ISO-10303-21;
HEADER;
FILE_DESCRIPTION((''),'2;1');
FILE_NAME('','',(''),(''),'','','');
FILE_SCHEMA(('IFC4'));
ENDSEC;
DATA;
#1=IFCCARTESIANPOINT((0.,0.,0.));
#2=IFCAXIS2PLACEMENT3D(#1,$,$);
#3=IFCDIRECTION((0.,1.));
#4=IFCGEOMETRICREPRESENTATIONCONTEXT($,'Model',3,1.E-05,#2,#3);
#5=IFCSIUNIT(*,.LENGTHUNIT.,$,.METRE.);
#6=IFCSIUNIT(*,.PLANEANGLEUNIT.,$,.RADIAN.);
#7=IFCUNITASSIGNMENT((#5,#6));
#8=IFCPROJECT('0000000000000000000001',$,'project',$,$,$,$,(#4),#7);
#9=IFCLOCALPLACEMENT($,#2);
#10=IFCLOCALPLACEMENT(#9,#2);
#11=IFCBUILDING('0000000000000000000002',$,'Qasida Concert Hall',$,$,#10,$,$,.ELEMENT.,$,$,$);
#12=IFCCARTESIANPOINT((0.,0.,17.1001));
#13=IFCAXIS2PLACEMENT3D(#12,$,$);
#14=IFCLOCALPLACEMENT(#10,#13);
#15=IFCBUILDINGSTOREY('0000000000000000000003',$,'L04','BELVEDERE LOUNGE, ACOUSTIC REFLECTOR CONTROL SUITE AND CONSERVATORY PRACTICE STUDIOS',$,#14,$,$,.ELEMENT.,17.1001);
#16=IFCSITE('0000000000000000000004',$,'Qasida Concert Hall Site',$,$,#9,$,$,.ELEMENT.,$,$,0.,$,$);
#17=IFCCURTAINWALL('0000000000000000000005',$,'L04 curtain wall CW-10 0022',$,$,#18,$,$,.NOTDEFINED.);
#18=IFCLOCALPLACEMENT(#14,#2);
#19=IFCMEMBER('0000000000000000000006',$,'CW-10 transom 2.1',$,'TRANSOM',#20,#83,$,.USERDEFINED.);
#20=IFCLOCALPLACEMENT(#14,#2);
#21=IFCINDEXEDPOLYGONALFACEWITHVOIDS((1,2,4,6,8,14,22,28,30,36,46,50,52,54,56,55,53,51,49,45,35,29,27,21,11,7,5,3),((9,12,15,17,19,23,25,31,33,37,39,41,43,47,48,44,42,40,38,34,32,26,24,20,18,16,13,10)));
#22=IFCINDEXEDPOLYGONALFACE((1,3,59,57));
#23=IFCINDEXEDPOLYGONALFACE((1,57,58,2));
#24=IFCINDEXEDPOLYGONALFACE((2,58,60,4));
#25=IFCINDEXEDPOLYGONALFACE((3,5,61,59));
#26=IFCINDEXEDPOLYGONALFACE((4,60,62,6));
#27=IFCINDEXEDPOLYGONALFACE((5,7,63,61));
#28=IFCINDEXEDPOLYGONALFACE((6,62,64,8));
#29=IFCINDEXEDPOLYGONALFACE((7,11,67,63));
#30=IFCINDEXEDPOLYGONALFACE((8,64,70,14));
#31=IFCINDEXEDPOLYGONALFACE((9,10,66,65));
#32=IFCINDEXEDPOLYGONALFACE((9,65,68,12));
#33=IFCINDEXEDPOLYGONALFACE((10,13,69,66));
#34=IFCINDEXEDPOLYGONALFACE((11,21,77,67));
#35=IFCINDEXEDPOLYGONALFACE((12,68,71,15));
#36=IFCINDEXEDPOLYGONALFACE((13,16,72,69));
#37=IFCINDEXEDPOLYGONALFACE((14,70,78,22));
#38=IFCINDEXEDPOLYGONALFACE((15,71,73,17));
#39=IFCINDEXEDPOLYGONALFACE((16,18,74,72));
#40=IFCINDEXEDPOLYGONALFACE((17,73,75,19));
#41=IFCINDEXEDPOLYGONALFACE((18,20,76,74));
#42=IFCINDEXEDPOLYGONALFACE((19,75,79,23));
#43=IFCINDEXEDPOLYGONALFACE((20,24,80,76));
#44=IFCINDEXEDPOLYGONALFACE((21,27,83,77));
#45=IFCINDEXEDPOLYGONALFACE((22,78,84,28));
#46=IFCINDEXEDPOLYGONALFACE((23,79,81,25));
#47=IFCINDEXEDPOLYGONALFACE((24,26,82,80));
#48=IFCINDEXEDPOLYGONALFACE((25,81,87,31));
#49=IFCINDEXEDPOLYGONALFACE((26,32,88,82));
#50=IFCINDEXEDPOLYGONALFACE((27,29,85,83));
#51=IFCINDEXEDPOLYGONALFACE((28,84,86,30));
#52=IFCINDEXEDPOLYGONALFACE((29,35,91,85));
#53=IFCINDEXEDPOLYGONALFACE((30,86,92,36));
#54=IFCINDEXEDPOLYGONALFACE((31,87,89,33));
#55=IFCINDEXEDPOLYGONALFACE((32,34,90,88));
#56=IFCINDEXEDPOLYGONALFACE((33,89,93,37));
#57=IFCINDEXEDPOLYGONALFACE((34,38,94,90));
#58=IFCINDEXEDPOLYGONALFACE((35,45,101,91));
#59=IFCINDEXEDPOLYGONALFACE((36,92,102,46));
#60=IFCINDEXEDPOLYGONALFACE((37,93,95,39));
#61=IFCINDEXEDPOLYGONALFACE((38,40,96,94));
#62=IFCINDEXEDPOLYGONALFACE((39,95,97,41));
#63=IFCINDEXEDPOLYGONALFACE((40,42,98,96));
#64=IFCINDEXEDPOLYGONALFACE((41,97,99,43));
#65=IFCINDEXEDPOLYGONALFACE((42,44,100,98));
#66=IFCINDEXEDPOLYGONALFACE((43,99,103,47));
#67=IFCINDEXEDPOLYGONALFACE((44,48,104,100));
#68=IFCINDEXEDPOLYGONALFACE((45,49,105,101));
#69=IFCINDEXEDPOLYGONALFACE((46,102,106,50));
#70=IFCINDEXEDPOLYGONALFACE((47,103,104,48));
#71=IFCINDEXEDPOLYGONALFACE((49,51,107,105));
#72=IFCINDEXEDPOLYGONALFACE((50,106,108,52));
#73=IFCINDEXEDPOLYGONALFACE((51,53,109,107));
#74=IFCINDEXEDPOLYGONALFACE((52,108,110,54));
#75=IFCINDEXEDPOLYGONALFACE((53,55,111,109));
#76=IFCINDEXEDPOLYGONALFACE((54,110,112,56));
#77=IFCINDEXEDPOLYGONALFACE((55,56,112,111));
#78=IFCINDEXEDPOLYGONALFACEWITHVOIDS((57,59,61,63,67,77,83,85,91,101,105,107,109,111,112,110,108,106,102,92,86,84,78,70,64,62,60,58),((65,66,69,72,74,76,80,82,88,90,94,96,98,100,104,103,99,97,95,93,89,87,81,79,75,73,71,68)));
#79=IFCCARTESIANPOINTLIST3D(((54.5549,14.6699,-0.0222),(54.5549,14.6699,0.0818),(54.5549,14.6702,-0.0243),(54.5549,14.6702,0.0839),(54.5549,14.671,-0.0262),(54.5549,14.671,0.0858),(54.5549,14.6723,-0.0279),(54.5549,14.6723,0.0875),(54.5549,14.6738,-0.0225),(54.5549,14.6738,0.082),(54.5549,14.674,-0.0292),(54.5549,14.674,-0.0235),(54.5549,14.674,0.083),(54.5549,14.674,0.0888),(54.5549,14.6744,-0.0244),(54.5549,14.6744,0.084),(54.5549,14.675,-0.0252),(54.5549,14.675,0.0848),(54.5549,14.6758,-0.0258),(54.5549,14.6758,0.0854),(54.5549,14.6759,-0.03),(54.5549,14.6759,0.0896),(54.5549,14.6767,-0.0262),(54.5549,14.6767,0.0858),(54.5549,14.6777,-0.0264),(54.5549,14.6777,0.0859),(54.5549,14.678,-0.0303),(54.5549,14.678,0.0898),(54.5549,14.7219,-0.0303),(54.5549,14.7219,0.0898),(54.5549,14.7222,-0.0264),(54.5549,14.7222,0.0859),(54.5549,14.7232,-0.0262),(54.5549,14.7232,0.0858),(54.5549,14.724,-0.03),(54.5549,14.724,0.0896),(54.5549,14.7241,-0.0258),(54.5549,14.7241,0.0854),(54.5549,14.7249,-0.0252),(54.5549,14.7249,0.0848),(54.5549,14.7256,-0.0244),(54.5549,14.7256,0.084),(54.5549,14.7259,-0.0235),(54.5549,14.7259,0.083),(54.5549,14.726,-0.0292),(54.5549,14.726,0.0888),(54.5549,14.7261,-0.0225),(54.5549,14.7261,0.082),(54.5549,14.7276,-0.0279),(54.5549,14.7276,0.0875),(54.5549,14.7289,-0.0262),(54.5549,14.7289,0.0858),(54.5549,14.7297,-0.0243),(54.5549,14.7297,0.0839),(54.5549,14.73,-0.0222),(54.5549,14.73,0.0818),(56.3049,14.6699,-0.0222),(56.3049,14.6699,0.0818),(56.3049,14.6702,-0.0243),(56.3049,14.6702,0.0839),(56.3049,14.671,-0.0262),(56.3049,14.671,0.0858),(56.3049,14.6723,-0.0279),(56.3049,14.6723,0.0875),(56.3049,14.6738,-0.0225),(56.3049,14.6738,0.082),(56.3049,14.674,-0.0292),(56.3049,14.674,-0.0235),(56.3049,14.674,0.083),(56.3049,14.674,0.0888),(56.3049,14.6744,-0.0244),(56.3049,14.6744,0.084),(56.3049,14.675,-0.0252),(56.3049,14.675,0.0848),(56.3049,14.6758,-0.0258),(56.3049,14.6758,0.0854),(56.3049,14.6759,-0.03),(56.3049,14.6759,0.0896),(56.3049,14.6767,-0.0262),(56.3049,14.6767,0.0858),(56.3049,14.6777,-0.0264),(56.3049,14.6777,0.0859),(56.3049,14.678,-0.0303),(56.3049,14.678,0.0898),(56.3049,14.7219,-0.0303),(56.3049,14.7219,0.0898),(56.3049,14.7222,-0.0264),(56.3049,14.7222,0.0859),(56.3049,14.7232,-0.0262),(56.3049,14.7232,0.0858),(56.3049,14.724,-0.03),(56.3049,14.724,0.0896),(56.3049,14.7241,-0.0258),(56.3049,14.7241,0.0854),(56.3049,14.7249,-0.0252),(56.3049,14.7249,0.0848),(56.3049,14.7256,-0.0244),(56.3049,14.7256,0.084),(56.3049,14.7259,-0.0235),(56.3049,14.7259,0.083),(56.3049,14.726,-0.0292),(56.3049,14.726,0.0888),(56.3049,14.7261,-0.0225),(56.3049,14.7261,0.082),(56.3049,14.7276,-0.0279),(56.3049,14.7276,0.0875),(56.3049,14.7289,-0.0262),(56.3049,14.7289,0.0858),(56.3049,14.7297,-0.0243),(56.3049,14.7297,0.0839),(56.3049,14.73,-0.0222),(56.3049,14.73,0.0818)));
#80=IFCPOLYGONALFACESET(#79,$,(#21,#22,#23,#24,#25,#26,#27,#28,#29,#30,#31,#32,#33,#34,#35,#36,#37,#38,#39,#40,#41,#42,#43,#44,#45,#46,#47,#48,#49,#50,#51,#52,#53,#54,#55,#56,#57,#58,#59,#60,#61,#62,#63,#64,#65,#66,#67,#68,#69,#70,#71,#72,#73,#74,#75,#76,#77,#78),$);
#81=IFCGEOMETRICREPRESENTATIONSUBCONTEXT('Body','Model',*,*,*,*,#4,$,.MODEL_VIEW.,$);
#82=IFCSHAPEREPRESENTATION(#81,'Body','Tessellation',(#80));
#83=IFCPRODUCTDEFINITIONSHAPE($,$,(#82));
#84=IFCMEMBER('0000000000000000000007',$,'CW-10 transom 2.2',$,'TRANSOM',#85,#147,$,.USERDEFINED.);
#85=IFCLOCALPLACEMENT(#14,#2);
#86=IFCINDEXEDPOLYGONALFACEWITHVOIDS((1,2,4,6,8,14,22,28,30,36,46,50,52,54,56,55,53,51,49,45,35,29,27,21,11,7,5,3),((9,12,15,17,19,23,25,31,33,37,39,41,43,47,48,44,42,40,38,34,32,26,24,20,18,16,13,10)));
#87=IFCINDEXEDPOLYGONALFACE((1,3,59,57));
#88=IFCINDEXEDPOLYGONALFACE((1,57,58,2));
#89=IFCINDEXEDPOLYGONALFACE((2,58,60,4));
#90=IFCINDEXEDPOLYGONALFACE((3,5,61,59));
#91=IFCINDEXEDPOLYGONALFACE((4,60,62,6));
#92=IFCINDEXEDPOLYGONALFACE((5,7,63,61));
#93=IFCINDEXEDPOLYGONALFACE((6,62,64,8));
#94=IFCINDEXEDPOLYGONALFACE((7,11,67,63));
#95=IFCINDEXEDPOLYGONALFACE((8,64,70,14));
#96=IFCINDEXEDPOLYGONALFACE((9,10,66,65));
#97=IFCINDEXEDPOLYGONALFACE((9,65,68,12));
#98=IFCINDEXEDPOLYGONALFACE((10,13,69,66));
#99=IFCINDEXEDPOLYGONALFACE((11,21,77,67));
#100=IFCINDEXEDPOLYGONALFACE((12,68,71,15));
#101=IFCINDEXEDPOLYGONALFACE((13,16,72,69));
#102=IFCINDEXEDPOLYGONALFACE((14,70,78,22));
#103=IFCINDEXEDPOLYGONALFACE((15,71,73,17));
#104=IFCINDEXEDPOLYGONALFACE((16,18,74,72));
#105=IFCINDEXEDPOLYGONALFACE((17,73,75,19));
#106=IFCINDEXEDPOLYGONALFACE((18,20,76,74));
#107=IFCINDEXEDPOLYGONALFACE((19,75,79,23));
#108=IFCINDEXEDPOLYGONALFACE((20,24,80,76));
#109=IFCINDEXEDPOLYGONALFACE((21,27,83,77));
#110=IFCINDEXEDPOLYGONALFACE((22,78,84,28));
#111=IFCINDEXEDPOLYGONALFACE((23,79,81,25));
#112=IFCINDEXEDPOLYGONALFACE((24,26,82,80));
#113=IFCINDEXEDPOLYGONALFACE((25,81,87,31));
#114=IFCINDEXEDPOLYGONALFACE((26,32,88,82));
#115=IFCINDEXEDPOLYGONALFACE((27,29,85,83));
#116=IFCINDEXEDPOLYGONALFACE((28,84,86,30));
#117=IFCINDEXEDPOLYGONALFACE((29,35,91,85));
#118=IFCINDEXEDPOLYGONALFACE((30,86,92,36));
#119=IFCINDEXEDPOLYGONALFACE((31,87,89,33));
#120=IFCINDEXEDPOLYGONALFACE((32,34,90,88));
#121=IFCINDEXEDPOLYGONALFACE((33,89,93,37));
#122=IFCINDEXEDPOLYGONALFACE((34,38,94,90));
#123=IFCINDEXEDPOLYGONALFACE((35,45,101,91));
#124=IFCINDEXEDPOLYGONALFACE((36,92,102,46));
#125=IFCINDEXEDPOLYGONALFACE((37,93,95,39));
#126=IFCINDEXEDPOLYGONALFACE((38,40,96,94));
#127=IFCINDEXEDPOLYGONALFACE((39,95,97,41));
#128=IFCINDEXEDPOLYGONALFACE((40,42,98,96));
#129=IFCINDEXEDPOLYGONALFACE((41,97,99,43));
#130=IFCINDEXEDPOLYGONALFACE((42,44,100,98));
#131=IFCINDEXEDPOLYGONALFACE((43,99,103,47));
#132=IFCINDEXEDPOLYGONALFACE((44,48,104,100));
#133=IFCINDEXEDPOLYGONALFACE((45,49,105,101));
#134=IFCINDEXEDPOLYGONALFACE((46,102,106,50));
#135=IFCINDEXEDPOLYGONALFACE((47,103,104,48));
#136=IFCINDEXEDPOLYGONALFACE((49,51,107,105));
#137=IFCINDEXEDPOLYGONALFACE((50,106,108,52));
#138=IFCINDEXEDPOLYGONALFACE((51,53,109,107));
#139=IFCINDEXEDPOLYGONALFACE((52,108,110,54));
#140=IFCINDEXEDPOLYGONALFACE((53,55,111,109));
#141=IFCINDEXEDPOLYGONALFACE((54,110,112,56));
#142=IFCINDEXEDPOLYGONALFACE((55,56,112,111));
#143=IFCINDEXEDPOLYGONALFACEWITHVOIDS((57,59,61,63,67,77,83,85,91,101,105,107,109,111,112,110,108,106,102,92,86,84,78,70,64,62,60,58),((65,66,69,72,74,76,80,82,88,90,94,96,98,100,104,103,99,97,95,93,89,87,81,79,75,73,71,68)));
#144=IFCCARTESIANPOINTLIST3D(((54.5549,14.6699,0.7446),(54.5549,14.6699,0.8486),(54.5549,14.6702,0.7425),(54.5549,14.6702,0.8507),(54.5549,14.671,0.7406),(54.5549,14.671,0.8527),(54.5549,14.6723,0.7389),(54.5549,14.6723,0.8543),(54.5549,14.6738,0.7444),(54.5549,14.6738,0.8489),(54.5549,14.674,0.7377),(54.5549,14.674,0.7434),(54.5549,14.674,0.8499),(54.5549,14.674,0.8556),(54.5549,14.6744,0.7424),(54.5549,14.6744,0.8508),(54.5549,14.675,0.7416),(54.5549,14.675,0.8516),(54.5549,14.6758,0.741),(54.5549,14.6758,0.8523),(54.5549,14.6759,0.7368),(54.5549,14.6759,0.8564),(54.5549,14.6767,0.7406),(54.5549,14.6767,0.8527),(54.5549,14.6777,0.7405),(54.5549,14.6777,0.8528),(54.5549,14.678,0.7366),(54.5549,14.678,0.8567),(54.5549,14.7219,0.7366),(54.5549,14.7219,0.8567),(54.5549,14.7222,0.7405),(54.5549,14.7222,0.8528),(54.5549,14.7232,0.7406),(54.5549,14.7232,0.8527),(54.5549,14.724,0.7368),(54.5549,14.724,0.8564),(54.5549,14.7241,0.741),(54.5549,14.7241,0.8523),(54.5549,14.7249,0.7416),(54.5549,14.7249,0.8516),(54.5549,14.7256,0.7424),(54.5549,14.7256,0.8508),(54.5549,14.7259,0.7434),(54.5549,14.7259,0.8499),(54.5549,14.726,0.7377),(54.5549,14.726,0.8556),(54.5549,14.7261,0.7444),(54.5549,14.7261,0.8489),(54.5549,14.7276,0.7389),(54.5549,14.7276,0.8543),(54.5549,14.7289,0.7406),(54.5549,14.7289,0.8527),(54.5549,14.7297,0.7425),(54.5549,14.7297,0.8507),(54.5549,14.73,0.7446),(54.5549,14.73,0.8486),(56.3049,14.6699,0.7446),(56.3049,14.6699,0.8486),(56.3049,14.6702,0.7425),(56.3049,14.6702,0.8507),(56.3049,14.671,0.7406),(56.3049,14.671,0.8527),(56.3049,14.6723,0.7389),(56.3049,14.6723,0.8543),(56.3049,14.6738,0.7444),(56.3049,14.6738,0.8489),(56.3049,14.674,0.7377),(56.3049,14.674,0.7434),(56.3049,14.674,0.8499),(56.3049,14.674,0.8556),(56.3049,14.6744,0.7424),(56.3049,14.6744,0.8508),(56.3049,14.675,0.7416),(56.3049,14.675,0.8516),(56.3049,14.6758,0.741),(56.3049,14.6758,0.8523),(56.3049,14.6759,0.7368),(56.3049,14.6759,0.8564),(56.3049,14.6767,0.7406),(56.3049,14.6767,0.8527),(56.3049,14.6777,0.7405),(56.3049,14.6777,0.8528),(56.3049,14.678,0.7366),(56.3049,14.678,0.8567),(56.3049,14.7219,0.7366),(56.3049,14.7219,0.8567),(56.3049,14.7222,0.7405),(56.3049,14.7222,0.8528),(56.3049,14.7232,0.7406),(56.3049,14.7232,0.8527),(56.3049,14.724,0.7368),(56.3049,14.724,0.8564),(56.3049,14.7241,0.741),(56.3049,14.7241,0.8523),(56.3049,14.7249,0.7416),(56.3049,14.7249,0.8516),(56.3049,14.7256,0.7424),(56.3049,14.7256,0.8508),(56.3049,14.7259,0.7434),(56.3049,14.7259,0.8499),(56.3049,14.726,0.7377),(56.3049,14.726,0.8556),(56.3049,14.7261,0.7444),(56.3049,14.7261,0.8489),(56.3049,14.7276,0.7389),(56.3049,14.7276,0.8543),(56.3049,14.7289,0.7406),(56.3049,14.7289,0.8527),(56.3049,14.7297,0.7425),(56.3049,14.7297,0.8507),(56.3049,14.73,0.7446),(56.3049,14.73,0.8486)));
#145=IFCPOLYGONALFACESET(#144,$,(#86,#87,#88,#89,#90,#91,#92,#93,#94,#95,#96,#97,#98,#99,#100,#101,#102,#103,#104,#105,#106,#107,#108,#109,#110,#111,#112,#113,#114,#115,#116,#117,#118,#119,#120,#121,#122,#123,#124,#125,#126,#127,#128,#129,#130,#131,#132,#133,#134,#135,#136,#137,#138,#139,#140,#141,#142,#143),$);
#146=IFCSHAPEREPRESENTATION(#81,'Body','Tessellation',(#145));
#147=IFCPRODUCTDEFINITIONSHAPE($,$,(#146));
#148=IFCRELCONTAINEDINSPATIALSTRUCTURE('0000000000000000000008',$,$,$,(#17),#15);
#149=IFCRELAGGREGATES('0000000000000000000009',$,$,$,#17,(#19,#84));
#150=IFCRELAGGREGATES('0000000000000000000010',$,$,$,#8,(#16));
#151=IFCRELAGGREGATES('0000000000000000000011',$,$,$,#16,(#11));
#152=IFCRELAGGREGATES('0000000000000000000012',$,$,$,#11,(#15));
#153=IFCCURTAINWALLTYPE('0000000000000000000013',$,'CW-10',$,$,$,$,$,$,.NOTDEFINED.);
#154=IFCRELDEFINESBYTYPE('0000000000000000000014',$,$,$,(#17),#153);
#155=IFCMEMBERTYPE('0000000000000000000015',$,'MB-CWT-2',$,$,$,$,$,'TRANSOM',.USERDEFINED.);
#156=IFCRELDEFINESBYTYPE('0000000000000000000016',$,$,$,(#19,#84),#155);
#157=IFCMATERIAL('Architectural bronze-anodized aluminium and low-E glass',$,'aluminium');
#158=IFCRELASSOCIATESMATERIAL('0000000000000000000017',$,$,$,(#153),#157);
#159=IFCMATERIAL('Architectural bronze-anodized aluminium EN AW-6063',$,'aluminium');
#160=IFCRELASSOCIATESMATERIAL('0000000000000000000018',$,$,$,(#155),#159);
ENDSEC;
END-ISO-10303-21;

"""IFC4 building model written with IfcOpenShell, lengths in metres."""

from ifc_helpers import new_model, si_unit, direction, frame, origin, origin_2d, place, context, subcontext, project, spatial, hollow_rectangle, extrude, material, material_profile, profile_set, type_object, element, aggregate, save


model = new_model("IFC4")

# Units and contexts
model_context = context("Model", 3, precision=1e-05, world=origin(), true_north=direction((0.0, 1.0)))
body_context = subcontext(model_context, "Body", "Model", "MODEL_VIEW")
ifc_project = project(units=[si_unit("LENGTHUNIT", "METRE"), si_unit("PLANEANGLEUNIT", "RADIAN")], contexts=[model_context])

# Site, building, storey
site_placement = place(None, origin())
site = spatial("IfcSite", under=ifc_project, at=site_placement, Name="Qasida Concert Hall Site", CompositionType="ELEMENT", RefElevation=0.0)
building_placement = place(site_placement, origin())
building = spatial("IfcBuilding", under=site, at=building_placement, Name="Qasida Concert Hall", CompositionType="ELEMENT")
storey_placement = place(building_placement, frame((0.0, 0.0, 17.1001)))
storey = spatial("IfcBuildingStorey", under=building, at=storey_placement, Name="L04", Description="BELVEDERE LOUNGE, ACOUSTIC REFLECTOR CONTROL SUITE AND CONSERVATORY PRACTICE STUDIOS", CompositionType="ELEMENT", Elevation=17.1001)

# Curtain wall, members
ifc_material_1 = material(Name="Architectural bronze-anodized aluminium and low-E glass", Category="aluminium")
curtain_wall_type = type_object("IfcCurtainWallType", Name="CW-10", PredefinedType="NOTDEFINED", material=ifc_material_1)
curtain_wall_placement = place(storey_placement, origin())
curtain_wall = element("IfcCurtainWall", 1, at=curtain_wall_placement, inside=storey, type_object=curtain_wall_type, Name="L04 curtain wall CW-10 0022", PredefinedType="NOTDEFINED")
ifc_material_2 = material(Name="Architectural bronze-anodized aluminium EN AW-6063", Category="aluminium")
ifc_material_profile_1 = material_profile(ifc_material_2, hollow_rectangle(XDim=0.0601, YDim=0.1201, WallThickness=0.0039, InnerFilletRadius=0.0039, OuterFilletRadius=0.0081, at=origin_2d()), Name="CWT 120x60x4")
ifc_profile_set_1 = profile_set([ifc_material_profile_1], Name="Architectural bronze-anodized aluminium EN AW-6063")
member_type_1 = type_object("IfcMemberType", Name="MB-CWT-2", ElementType="TRANSOM", PredefinedType="USERDEFINED", material=ifc_profile_set_1)
member_1_placement = place(storey_placement, frame((54.5549, 14.7, 0.0298), z_axis=(1.0, 0.0, 0.0), x_axis=(0.0, 1.0, 0.0)))
member_1 = element("IfcMember", 2, at=member_1_placement, type_object=member_type_1, Name="CW-10 transom 2.1", ObjectType="TRANSOM", PredefinedType="USERDEFINED", context=body_context, shape_type="SweptSolid", body=[
    extrude(hollow_rectangle(XDim=0.0601, YDim=0.1201, WallThickness=0.0039, InnerFilletRadius=0.0039, OuterFilletRadius=0.0081, at=origin_2d()), origin(), (0.0, 0.0, 1.0), 1.75),
])
member_2_placement = place(storey_placement, frame((54.5549, 14.7, 0.7966), z_axis=(1.0, 0.0, 0.0), x_axis=(0.0, 1.0, 0.0)))
member_2 = element("IfcMember", 3, at=member_2_placement, type_object=member_type_1, Name="CW-10 transom 2.2", ObjectType="TRANSOM", PredefinedType="USERDEFINED", context=body_context, shape_type="SweptSolid", body=[
    extrude(hollow_rectangle(XDim=0.0601, YDim=0.1201, WallThickness=0.0039, InnerFilletRadius=0.0039, OuterFilletRadius=0.0081, at=origin_2d()), origin(), (0.0, 0.0, 1.0), 1.75),
])
aggregate(curtain_wall, [member_1, member_2])

save(model, "model.ifc")
